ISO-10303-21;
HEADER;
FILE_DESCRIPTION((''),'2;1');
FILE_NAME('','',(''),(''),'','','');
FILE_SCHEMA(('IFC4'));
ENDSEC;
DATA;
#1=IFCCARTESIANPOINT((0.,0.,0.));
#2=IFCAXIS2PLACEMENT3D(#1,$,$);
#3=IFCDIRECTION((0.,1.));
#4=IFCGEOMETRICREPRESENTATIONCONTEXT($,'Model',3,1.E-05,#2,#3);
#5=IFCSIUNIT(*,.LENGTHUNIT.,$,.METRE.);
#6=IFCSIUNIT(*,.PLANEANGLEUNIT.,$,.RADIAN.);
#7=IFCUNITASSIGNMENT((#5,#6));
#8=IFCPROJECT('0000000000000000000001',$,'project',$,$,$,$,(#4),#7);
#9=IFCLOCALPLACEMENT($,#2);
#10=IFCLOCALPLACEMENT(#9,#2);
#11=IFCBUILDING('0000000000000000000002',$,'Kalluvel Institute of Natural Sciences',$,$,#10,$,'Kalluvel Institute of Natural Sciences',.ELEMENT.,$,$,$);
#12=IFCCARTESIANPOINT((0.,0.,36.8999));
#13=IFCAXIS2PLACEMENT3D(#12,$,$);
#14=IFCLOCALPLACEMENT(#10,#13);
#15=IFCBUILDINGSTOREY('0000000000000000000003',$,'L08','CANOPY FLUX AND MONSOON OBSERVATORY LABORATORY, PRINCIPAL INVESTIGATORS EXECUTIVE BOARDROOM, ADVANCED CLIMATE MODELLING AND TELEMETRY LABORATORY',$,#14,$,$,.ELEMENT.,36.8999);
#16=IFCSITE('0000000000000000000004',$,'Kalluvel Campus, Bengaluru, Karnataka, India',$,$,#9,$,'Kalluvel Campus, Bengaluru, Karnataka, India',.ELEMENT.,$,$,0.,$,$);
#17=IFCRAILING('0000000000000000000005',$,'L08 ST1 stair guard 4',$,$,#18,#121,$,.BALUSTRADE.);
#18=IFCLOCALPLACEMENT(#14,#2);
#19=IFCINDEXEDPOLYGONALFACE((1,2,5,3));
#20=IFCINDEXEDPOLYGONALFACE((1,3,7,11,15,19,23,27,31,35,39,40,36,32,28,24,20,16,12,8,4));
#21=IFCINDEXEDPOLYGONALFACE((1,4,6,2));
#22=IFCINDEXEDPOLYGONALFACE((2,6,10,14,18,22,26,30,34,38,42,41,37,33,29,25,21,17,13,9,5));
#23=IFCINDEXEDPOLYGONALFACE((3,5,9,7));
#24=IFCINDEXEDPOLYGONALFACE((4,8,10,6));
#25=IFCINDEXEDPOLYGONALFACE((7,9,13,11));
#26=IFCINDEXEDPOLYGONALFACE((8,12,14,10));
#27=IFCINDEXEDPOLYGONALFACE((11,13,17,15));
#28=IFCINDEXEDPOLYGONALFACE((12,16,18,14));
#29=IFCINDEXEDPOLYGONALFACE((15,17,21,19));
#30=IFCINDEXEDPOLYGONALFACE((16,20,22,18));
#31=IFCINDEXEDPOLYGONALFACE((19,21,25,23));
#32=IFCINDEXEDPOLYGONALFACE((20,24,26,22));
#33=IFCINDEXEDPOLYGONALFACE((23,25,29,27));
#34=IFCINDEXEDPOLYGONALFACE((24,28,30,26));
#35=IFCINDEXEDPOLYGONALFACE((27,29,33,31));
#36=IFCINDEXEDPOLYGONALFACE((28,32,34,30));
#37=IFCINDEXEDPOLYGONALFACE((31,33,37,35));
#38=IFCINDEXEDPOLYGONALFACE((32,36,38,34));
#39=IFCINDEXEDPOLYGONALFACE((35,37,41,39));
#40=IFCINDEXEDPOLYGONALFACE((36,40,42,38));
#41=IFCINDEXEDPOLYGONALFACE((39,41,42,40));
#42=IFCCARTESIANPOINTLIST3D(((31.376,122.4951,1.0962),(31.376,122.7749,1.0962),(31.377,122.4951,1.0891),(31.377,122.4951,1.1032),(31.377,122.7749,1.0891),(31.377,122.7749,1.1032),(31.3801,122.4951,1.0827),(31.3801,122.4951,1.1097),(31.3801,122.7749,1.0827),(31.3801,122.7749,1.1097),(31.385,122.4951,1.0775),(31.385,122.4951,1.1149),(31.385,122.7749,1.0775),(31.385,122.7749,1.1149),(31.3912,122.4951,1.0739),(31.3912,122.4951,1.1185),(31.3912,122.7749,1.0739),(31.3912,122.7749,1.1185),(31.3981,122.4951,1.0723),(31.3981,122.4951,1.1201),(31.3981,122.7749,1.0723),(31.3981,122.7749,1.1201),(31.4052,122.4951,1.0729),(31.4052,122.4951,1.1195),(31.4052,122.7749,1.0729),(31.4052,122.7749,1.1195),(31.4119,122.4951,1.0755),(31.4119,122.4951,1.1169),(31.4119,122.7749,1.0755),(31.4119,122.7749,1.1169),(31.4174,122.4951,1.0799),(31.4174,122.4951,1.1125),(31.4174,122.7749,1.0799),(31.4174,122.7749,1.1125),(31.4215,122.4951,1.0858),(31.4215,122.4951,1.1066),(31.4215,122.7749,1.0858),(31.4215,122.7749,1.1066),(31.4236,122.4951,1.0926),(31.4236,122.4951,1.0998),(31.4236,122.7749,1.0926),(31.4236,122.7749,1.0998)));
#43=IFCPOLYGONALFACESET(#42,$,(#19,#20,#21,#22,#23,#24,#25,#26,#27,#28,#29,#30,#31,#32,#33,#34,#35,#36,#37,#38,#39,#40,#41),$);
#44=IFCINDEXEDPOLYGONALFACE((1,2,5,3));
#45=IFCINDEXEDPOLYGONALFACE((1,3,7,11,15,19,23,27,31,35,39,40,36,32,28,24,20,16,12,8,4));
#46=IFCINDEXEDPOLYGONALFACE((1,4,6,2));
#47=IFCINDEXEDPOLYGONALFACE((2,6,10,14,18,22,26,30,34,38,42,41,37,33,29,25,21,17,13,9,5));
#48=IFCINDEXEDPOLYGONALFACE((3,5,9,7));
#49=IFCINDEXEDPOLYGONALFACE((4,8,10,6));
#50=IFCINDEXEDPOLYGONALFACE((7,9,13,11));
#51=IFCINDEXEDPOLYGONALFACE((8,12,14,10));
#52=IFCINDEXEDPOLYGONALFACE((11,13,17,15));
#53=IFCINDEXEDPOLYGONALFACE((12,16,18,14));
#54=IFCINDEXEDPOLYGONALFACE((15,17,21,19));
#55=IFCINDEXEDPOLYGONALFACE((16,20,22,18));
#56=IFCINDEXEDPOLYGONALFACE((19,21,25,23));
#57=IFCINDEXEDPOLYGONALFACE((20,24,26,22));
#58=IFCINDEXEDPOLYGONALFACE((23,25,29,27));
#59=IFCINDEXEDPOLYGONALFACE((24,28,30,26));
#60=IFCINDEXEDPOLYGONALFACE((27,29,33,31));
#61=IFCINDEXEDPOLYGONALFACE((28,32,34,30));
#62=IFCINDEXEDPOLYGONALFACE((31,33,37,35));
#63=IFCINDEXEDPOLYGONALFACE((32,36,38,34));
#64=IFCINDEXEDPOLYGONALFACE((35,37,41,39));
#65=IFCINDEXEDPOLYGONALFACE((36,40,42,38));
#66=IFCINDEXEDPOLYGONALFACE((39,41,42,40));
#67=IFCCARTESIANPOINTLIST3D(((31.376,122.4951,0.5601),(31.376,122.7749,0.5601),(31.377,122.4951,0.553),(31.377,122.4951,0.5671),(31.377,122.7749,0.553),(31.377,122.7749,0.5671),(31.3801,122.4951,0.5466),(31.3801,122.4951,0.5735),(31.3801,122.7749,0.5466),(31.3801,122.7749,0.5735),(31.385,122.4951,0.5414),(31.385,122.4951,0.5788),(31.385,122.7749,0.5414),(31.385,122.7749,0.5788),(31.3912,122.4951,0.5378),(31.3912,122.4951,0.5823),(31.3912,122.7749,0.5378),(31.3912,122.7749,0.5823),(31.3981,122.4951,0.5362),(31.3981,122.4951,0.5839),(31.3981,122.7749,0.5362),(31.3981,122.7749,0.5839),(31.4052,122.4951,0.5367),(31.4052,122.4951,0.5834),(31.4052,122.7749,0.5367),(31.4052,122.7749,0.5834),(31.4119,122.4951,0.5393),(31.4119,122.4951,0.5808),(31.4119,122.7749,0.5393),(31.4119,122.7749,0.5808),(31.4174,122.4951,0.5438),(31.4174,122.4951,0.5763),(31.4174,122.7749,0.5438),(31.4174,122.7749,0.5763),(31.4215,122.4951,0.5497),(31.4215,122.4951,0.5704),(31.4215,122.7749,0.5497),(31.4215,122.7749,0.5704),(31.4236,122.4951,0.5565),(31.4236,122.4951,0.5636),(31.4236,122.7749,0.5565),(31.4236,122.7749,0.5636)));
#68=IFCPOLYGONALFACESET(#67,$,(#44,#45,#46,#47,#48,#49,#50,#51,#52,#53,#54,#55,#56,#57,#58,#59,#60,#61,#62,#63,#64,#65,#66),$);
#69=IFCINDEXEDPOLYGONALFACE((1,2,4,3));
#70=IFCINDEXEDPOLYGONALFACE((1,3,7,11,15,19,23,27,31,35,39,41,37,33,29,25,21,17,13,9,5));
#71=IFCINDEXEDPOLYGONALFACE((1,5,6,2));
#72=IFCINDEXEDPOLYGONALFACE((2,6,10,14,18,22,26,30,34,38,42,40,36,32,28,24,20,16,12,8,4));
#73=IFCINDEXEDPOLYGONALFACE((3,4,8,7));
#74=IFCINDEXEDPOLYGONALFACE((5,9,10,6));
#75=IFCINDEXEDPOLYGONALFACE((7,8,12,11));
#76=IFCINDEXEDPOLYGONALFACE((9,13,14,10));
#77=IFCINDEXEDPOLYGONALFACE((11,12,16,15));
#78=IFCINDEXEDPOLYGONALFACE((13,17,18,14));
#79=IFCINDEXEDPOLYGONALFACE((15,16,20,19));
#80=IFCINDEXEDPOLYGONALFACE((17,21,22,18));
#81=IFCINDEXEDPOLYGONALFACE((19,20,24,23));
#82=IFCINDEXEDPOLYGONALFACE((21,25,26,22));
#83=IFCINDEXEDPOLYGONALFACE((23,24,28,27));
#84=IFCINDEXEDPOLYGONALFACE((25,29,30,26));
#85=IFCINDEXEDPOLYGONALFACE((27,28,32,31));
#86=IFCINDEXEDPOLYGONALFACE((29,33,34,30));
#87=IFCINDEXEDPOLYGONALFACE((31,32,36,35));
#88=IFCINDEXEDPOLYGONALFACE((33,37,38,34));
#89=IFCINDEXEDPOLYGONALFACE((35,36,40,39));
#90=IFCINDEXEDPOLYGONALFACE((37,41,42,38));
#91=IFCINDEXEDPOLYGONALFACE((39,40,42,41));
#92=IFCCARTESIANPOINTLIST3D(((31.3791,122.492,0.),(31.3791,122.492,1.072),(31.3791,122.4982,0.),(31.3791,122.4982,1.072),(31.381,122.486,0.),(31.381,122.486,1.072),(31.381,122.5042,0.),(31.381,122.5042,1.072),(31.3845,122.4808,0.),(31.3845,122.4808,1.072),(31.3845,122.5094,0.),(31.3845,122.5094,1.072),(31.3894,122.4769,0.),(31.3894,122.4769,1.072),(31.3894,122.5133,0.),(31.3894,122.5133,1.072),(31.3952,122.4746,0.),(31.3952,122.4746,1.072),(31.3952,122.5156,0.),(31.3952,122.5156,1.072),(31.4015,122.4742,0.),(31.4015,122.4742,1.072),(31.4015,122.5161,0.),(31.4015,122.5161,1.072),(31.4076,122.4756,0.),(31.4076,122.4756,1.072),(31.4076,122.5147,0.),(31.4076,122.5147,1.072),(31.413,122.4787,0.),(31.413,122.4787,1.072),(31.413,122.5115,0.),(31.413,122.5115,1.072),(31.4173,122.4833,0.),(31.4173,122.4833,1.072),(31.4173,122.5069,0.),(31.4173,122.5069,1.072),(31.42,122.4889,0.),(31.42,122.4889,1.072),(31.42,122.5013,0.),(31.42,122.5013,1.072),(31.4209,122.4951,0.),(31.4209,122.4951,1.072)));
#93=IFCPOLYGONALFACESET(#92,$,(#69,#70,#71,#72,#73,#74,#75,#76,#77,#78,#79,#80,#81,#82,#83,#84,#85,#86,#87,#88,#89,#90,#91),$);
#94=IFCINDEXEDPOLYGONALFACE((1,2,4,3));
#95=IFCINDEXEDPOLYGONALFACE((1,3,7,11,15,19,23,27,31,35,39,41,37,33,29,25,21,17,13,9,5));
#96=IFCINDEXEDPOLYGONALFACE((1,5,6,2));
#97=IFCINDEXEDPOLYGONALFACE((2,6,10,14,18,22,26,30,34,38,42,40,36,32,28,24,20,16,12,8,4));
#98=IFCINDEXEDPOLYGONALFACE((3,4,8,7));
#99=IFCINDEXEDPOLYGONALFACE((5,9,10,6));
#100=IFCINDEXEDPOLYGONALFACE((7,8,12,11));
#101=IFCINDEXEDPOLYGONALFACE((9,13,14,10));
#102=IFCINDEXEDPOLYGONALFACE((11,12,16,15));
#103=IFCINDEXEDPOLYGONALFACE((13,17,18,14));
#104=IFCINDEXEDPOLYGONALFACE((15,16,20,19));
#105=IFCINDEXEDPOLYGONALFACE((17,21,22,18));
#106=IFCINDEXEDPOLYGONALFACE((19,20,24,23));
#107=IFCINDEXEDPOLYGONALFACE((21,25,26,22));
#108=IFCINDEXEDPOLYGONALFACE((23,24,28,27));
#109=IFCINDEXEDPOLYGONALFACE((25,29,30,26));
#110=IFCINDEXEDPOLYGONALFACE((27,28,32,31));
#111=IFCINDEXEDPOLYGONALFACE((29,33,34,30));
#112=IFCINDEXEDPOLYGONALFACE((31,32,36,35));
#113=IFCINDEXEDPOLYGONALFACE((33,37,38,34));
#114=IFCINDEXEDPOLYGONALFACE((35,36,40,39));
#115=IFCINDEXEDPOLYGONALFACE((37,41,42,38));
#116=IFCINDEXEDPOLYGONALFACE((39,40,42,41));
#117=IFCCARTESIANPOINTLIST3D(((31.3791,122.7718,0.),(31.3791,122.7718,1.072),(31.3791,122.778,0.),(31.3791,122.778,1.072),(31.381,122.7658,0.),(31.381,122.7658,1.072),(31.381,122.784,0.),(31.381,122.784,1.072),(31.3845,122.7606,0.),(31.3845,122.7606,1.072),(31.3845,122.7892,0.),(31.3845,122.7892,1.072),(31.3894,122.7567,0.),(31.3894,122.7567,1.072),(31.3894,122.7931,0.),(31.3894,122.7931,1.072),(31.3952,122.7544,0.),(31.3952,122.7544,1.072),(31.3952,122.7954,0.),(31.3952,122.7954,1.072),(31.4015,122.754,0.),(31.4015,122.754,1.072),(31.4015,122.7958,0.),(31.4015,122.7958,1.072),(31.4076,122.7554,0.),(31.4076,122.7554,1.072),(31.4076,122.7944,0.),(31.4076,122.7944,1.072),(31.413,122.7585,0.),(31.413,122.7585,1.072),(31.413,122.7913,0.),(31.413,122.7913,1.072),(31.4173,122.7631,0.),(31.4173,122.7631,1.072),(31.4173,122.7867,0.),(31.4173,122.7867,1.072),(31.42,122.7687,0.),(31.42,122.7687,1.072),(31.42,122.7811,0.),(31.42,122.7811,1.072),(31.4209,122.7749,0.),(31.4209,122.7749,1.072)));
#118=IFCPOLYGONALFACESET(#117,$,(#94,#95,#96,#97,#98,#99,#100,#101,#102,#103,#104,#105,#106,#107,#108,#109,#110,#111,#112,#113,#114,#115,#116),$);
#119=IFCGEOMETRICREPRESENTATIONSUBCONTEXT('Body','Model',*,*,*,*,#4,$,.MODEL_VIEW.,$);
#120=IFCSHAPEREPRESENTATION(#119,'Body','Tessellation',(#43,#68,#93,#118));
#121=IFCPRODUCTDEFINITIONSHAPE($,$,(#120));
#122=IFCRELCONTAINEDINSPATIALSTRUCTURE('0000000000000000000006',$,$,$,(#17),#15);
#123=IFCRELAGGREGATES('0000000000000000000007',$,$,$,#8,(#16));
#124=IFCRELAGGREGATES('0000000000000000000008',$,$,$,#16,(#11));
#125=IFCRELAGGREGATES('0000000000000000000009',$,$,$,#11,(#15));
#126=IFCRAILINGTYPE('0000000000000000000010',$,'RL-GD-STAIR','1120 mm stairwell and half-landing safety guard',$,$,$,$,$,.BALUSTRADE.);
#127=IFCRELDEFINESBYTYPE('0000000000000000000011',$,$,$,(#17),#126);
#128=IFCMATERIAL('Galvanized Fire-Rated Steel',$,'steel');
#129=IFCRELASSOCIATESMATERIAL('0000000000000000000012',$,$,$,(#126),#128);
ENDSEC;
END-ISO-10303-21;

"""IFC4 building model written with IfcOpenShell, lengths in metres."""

from ifc_helpers import new_model, si_unit, direction, frame, origin, origin_2d, place, context, subcontext, project, spatial, circle, extrude, material, type_object, element, save


model = new_model("IFC4")

# Units and contexts
model_context = context("Model", 3, precision=1e-05, world=origin(), true_north=direction((0.0, 1.0)))
body_context = subcontext(model_context, "Body", "Model", "MODEL_VIEW")
ifc_project = project(units=[si_unit("LENGTHUNIT", "METRE"), si_unit("PLANEANGLEUNIT", "RADIAN")], contexts=[model_context])

# Site, building, storey
site_placement = place(None, origin())
site = spatial("IfcSite", under=ifc_project, at=site_placement, Name="Kalluvel Campus, Bengaluru, Karnataka, India", LongName="Kalluvel Campus, Bengaluru, Karnataka, India", CompositionType="ELEMENT", RefElevation=0.0)
building_placement = place(site_placement, origin())
building = spatial("IfcBuilding", under=site, at=building_placement, Name="Kalluvel Institute of Natural Sciences", LongName="Kalluvel Institute of Natural Sciences", CompositionType="ELEMENT")
storey_placement = place(building_placement, frame((0.0, 0.0, 36.8999)))
storey = spatial("IfcBuildingStorey", under=building, at=storey_placement, Name="L08", Description="CANOPY FLUX AND MONSOON OBSERVATORY LABORATORY, PRINCIPAL INVESTIGATORS EXECUTIVE BOARDROOM, ADVANCED CLIMATE MODELLING AND TELEMETRY LABORATORY", CompositionType="ELEMENT", Elevation=36.8999)

# Shared definitions
ifc_material_1 = material(Name="Galvanized Fire-Rated Steel", Category="steel")

# Railing
railing_type_1 = type_object("IfcRailingType", Name="RL-GD-STAIR", Description="1120 mm stairwell and half-landing safety guard", PredefinedType="BALUSTRADE", material=ifc_material_1)
for number, where, name in (
    (1, (31.3999, 122.4951, 0.0), "L08 ST1 stair guard 4"),
):
    element("IfcRailing", number, at=place(storey_placement, frame(where)), inside=storey, type_object=railing_type_1, Name=name, PredefinedType="BALUSTRADE", context=body_context, shape_type="SweptSolid", body=[
        extrude(circle(Radius=0.0239, at=origin_2d()), frame((0.0, 0.0, 1.0962), z_axis=(0.0, 1.0, 0.0), x_axis=(-1.0, 0.0, 0.0)), (0.0, 0.0, 1.0), 0.2798),
        extrude(circle(Radius=0.0239, at=origin_2d()), frame((0.0, 0.0, 0.5601), z_axis=(0.0, 1.0, 0.0), x_axis=(-1.0, 0.0, 0.0)), (0.0, 0.0, 1.0), 0.2798),
        extrude(circle(Radius=0.021, at=origin_2d()), origin(), (0.0, 0.0, 1.0), 1.072),
        extrude(circle(Radius=0.021, at=origin_2d()), frame((0.0, 0.2798, 0.0)), (0.0, 0.0, 1.0), 1.072),
    ])

save(model, "model.ifc")
